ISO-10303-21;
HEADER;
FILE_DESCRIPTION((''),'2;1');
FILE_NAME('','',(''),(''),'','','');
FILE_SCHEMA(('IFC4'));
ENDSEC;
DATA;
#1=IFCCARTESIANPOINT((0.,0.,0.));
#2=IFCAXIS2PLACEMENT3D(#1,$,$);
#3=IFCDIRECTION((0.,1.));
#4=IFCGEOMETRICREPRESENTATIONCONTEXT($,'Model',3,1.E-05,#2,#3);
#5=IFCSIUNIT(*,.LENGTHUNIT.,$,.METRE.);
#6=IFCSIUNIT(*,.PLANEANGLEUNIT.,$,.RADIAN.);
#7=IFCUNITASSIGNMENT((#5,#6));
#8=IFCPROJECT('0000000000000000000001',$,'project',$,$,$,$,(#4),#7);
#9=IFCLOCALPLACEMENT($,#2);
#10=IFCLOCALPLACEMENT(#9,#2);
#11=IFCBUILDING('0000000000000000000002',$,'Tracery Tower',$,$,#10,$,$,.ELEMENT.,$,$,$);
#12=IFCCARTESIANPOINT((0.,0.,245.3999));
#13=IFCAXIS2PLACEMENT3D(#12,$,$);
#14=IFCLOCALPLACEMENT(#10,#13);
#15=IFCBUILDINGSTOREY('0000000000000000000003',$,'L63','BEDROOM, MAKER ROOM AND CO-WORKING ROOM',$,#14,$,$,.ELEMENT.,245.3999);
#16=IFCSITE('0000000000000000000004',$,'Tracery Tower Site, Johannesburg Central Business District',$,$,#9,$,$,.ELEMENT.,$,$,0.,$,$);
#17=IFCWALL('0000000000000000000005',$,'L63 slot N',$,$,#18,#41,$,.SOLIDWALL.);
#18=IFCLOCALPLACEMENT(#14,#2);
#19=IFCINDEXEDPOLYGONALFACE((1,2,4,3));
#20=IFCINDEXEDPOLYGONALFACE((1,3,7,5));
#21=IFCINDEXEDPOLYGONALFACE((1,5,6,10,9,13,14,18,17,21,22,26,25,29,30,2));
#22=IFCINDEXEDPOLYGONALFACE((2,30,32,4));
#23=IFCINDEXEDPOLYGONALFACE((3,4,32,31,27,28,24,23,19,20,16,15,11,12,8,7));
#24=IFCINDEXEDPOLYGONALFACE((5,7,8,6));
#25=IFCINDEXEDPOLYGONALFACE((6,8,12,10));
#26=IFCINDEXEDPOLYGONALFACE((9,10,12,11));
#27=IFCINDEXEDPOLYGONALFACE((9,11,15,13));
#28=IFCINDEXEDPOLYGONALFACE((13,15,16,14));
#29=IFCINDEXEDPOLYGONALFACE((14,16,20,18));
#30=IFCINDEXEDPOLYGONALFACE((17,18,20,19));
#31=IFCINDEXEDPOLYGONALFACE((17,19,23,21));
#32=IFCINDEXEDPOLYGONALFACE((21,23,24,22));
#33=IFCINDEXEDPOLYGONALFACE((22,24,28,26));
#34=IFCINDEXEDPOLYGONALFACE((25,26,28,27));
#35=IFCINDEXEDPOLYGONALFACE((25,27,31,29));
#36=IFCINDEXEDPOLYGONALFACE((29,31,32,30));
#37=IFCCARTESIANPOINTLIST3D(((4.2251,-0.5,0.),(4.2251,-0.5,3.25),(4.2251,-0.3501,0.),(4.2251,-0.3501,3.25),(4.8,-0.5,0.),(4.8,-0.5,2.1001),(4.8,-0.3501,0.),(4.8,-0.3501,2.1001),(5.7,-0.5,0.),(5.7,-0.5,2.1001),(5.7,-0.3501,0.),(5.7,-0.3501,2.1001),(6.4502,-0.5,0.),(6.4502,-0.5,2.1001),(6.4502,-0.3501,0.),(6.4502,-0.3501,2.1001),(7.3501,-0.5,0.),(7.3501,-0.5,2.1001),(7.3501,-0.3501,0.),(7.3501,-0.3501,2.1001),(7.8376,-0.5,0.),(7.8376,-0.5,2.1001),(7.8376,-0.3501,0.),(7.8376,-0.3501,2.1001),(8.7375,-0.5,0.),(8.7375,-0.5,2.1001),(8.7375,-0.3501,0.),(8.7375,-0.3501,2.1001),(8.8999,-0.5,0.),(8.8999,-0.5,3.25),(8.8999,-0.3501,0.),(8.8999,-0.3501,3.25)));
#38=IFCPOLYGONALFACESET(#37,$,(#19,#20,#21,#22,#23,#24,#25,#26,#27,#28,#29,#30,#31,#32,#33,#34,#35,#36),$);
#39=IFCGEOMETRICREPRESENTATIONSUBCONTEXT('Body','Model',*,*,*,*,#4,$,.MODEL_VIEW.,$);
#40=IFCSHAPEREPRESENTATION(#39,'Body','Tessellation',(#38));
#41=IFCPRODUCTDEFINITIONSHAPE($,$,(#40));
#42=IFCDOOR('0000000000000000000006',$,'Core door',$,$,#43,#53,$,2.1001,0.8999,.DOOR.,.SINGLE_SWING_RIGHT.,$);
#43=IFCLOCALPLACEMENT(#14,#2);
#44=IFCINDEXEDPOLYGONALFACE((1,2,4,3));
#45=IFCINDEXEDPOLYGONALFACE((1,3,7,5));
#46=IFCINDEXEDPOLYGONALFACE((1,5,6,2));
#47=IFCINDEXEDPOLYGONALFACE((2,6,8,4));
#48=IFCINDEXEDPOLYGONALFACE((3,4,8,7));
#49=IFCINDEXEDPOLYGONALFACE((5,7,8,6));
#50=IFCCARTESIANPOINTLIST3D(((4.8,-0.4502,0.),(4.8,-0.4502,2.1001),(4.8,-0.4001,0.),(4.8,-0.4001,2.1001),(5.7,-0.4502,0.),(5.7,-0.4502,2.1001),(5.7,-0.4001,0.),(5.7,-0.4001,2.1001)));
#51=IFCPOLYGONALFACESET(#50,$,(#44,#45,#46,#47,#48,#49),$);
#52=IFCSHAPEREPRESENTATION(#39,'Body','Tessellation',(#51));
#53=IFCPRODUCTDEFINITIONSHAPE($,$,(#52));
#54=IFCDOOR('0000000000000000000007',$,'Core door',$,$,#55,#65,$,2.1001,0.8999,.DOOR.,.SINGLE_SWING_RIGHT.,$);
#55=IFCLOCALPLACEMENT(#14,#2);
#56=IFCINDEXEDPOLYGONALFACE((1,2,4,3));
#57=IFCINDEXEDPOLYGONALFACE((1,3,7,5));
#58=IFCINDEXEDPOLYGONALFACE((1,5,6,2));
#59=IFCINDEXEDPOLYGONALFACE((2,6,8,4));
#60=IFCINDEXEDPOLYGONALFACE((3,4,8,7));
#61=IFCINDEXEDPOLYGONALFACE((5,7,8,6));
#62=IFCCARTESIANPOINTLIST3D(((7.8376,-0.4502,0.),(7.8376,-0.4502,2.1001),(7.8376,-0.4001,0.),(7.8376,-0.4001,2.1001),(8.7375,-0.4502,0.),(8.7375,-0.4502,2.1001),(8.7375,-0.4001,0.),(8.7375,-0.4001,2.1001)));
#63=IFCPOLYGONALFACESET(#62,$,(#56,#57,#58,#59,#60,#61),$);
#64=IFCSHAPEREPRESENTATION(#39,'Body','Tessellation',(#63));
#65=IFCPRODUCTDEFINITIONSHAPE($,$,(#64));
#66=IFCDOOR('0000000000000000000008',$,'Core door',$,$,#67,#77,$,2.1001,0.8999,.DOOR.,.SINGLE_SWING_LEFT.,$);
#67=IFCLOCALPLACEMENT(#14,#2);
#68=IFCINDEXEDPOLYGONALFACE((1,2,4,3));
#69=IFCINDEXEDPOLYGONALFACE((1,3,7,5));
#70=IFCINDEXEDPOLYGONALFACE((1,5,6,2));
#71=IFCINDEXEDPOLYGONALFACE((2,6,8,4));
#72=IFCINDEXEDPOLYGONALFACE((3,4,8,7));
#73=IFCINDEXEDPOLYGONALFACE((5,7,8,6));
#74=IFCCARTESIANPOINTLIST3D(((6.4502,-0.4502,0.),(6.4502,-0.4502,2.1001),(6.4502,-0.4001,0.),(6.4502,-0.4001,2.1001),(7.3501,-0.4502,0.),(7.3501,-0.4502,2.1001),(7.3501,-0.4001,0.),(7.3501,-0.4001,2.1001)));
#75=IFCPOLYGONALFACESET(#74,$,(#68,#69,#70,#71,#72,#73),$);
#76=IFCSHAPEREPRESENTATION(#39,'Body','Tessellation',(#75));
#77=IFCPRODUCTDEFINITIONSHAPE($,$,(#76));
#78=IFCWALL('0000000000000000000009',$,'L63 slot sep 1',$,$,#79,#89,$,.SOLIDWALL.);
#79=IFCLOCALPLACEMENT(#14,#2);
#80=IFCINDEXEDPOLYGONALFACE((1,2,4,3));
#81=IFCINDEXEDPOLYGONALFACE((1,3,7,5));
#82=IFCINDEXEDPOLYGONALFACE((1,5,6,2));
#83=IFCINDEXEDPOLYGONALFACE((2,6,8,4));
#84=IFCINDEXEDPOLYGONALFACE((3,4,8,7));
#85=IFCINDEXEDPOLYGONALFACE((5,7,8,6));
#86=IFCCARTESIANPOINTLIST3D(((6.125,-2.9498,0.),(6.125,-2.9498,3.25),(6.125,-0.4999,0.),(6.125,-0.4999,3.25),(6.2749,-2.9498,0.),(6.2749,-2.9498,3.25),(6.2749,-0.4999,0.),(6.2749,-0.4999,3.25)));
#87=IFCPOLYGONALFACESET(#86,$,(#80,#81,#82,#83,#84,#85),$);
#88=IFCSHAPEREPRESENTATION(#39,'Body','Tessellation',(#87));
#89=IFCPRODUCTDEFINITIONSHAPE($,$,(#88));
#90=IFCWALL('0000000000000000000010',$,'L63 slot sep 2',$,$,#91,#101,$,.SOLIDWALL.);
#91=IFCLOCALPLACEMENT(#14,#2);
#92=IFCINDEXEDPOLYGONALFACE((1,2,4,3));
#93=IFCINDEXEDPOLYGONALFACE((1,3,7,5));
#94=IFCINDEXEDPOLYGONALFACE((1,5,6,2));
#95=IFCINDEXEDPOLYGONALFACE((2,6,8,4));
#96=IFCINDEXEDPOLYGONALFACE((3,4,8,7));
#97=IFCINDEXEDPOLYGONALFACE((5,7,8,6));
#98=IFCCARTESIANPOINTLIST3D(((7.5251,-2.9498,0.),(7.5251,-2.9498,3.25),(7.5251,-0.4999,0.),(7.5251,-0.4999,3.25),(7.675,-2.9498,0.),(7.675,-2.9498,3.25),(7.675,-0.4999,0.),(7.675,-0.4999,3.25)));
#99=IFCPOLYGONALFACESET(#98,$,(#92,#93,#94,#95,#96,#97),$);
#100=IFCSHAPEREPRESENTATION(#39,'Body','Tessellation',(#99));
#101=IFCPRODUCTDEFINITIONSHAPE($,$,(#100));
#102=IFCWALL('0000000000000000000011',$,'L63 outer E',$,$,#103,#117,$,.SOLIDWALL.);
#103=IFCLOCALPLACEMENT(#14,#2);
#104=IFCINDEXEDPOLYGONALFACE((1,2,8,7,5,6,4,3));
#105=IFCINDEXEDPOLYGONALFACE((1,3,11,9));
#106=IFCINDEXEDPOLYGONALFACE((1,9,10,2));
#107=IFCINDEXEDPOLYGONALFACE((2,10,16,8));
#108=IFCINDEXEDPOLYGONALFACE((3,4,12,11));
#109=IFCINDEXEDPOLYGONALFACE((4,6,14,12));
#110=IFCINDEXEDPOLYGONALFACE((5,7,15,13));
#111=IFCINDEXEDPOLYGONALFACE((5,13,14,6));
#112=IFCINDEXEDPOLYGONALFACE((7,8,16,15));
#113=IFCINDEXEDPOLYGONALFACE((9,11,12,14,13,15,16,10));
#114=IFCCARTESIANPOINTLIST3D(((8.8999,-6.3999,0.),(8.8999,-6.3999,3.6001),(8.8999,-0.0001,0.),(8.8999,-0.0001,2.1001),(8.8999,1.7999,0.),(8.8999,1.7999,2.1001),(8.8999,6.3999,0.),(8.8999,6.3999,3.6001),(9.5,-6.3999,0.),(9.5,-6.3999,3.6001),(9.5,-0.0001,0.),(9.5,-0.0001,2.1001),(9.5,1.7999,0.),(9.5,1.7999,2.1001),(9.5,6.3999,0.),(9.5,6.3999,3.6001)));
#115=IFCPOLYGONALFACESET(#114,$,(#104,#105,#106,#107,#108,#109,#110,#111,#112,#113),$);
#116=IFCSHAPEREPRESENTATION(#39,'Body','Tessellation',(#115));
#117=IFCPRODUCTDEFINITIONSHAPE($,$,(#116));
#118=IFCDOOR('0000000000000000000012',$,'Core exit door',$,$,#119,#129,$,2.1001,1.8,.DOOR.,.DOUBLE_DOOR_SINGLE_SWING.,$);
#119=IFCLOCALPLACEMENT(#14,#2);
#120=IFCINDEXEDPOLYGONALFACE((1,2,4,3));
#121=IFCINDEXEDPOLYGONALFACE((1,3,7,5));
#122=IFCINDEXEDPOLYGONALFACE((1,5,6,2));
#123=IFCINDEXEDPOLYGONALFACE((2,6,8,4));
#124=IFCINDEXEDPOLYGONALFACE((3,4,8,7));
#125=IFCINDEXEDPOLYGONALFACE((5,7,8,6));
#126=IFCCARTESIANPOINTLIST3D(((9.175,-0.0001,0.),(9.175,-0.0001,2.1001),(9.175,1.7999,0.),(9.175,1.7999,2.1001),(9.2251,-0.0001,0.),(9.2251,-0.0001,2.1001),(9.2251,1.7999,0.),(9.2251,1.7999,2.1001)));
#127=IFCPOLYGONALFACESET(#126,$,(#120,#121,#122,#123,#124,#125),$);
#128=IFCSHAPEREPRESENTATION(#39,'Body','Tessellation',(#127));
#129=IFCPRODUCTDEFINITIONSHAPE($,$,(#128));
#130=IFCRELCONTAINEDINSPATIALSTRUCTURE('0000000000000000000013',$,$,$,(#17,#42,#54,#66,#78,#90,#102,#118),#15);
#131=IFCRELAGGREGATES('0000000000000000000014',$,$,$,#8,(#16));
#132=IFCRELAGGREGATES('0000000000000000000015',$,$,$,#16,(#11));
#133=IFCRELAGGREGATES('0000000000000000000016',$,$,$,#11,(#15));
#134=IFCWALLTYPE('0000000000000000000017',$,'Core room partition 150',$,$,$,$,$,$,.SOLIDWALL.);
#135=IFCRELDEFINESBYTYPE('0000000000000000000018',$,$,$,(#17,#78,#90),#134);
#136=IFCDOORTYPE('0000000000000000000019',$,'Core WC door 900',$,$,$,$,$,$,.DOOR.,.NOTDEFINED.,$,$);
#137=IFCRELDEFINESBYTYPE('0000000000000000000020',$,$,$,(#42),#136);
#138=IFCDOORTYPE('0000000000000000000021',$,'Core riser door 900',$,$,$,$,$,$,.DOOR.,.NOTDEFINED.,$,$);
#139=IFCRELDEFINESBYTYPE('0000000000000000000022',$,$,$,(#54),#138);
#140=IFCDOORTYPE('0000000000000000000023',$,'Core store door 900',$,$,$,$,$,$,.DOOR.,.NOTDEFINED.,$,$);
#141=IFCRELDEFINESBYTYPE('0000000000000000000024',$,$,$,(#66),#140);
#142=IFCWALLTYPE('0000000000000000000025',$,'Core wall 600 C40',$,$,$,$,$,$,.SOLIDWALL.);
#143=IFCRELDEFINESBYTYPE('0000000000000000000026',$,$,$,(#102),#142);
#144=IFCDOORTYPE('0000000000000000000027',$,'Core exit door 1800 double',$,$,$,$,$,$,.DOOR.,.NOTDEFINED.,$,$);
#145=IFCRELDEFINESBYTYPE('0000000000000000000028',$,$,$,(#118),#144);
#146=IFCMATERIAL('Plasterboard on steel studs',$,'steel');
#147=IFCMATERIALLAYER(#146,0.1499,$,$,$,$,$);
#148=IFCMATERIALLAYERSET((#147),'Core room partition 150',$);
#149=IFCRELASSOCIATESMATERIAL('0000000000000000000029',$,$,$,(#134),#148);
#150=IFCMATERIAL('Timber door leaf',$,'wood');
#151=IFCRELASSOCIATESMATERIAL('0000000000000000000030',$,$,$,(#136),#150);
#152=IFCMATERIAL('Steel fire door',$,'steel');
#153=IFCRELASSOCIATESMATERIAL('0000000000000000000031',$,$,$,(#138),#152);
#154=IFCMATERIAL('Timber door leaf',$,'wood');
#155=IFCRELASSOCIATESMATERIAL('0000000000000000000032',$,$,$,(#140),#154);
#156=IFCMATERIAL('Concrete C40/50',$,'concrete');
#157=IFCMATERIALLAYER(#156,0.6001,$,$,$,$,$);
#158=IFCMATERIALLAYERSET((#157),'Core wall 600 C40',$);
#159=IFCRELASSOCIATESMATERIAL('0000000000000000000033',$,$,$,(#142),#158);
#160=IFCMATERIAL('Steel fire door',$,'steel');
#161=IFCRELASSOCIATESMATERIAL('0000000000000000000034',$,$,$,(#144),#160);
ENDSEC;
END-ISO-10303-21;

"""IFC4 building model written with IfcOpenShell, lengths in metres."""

from ifc_helpers import new_model, si_unit, direction, frame, frame_2d, origin, place, context, subcontext, project, spatial, rectangle, extrude, material, layer, layer_set, type_object, element, fill, save


model = new_model("IFC4")

# Units and contexts
model_context = context("Model", 3, precision=1e-05, world=origin(), true_north=direction((0.0, 1.0)))
body_context = subcontext(model_context, "Body", "Model", "MODEL_VIEW")
ifc_project = project(units=[si_unit("LENGTHUNIT", "METRE"), si_unit("PLANEANGLEUNIT", "RADIAN")], contexts=[model_context])

# Site, building, storey
site_placement = place(None, origin())
site = spatial("IfcSite", under=ifc_project, at=site_placement, Name="Tracery Tower Site, Johannesburg Central Business District", CompositionType="ELEMENT", RefElevation=0.0)
building_placement = place(site_placement, origin())
building = spatial("IfcBuilding", under=site, at=building_placement, Name="Tracery Tower", CompositionType="ELEMENT")
storey_placement = place(building_placement, frame((0.0, 0.0, 245.3999)))
storey = spatial("IfcBuildingStorey", under=building, at=storey_placement, Name="L63", Description="BEDROOM, MAKER ROOM AND CO-WORKING ROOM", CompositionType="ELEMENT", Elevation=245.3999)

# Shared definitions
ifc_material_1 = material(Name="Plasterboard on steel studs", Category="steel")
ifc_layer_1 = layer(ifc_material_1, 0.1499)
ifc_layer_set_1 = layer_set([ifc_layer_1], Name="Core room partition 150")
wall_type_1 = type_object("IfcWallType", Name="Core room partition 150", PredefinedType="SOLIDWALL", material=ifc_layer_set_1)

# Wall, openings, doors
wall_1_placement = place(storey_placement, frame((4.2251, -0.425, 0.0), z_axis=(0.0, 0.0, 1.0), x_axis=(1.0, 0.0, 0.0)))
wall_1 = element("IfcWall", 1, at=wall_1_placement, inside=storey, type_object=wall_type_1, Name="L63 slot N", PredefinedType="SOLIDWALL", context=body_context, shape_type="SweptSolid", body=[
    extrude(rectangle(XDim=4.6748, YDim=0.1499, at=frame_2d((2.3374, 0.0))), origin(), (0.0, 0.0, 1.0), 3.25),
])
opening_1_placement = place(wall_1_placement, frame((0.575, 0.0, 0.0)))
opening_1 = element("IfcOpeningElement", 2, at=opening_1_placement, cuts=wall_1, PredefinedType="OPENING", context=body_context, shape_type="SweptSolid", body=[
    extrude(rectangle(XDim=0.8999, YDim=2.1001, at=frame_2d((0.45, 1.05))), frame((0.0, 0.075, 0.0), z_axis=(0.0, -1.0, 0.0), x_axis=(1.0, 0.0, 0.0)), (0.0, 0.0, 1.0), 0.1499),
])
opening_2_placement = place(wall_1_placement, frame((2.2251, 0.0, 0.0)))
opening_2 = element("IfcOpeningElement", 3, at=opening_2_placement, cuts=wall_1, PredefinedType="OPENING", context=body_context, shape_type="SweptSolid", body=[
    extrude(rectangle(XDim=0.8999, YDim=2.1001, at=frame_2d((0.45, 1.05))), frame((0.0, 0.075, 0.0), z_axis=(0.0, -1.0, 0.0), x_axis=(1.0, 0.0, 0.0)), (0.0, 0.0, 1.0), 0.1499),
])
opening_3_placement = place(wall_1_placement, frame((3.6125, 0.0, 0.0)))
opening_3 = element("IfcOpeningElement", 4, at=opening_3_placement, cuts=wall_1, PredefinedType="OPENING", context=body_context, shape_type="SweptSolid", body=[
    extrude(rectangle(XDim=0.8999, YDim=2.1001, at=frame_2d((0.45, 1.05))), frame((0.0, 0.075, 0.0), z_axis=(0.0, -1.0, 0.0), x_axis=(1.0, 0.0, 0.0)), (0.0, 0.0, 1.0), 0.1499),
])
ifc_material_2 = material(Name="Timber door leaf", Category="wood")
door_type_1 = type_object("IfcDoorType", Name="Core WC door 900", OperationType="NOTDEFINED", PredefinedType="DOOR", material=ifc_material_2)
door_1_placement = place(opening_1_placement, origin())
door_1 = element("IfcDoor", 5, at=door_1_placement, inside=storey, type_object=door_type_1, Name="Core door", OperationType="SINGLE_SWING_RIGHT", OverallHeight=2.1001, OverallWidth=0.8999, PredefinedType="DOOR", context=body_context, shape_type="SweptSolid", body=[
    extrude(rectangle(XDim=0.8999, YDim=2.1001, at=frame_2d((0.45, 1.05))), frame((0.0, 0.0249, 0.0), z_axis=(0.0, -1.0, 0.0), x_axis=(1.0, 0.0, 0.0)), (0.0, 0.0, 1.0), 0.05),
])
fill(opening_1, door_1)
ifc_material_3 = material(Name="Steel fire door", Category="steel")
door_type_2 = type_object("IfcDoorType", Name="Core riser door 900", OperationType="NOTDEFINED", PredefinedType="DOOR", material=ifc_material_3)
door_2_placement = place(opening_3_placement, origin())
door_2 = element("IfcDoor", 6, at=door_2_placement, inside=storey, type_object=door_type_2, Name="Core door", OperationType="SINGLE_SWING_RIGHT", OverallHeight=2.1001, OverallWidth=0.8999, PredefinedType="DOOR", context=body_context, shape_type="SweptSolid", body=[
    extrude(rectangle(XDim=0.8999, YDim=2.1001, at=frame_2d((0.45, 1.05))), frame((0.0, 0.0249, 0.0), z_axis=(0.0, -1.0, 0.0), x_axis=(1.0, 0.0, 0.0)), (0.0, 0.0, 1.0), 0.05),
])
fill(opening_3, door_2)
ifc_material_4 = material(Name="Timber door leaf", Category="wood")
door_type_3 = type_object("IfcDoorType", Name="Core store door 900", OperationType="NOTDEFINED", PredefinedType="DOOR", material=ifc_material_4)
door_3_placement = place(opening_2_placement, origin())
door_3 = element("IfcDoor", 7, at=door_3_placement, inside=storey, type_object=door_type_3, Name="Core door", OperationType="SINGLE_SWING_LEFT", OverallHeight=2.1001, OverallWidth=0.8999, PredefinedType="DOOR", context=body_context, shape_type="SweptSolid", body=[
    extrude(rectangle(XDim=0.8999, YDim=2.1001, at=frame_2d((0.45, 1.05))), frame((0.0, 0.0249, 0.0), z_axis=(0.0, -1.0, 0.0), x_axis=(1.0, 0.0, 0.0)), (0.0, 0.0, 1.0), 0.05),
])
fill(opening_2, door_3)

# Walls
for number, where, z_axis, x_axis, name in (
    (8, (6.2, -2.95, 0.0), (0.0, 0.0, 1.0), (0.0, 1.0, 0.0), "L63 slot sep 1"),
    (9, (7.6001, -2.95, 0.0), (0.0, 0.0, 1.0), (0.0, 1.0, 0.0), "L63 slot sep 2"),
):
    element("IfcWall", number, at=place(storey_placement, frame(where, z_axis=z_axis, x_axis=x_axis)), inside=storey, type_object=wall_type_1, Name=name, PredefinedType="SOLIDWALL", context=body_context, shape_type="SweptSolid", body=[
        extrude(rectangle(XDim=2.45, YDim=0.1499, at=frame_2d((1.2251, 0.0))), origin(), (0.0, 0.0, 1.0), 3.25),
    ])

# Wall, opening, door
ifc_material_5 = material(Name="Concrete C40/50", Category="concrete")
ifc_layer_2 = layer(ifc_material_5, 0.6001)
ifc_layer_set_2 = layer_set([ifc_layer_2], Name="Core wall 600 C40")
wall_type_2 = type_object("IfcWallType", Name="Core wall 600 C40", PredefinedType="SOLIDWALL", material=ifc_layer_set_2)
wall_2_placement = place(storey_placement, frame((9.2, -6.3999, 0.0), z_axis=(0.0, 0.0, 1.0), x_axis=(0.0, 1.0, 0.0)))
wall_2 = element("IfcWall", 10, at=wall_2_placement, inside=storey, type_object=wall_type_2, Name="L63 outer E", PredefinedType="SOLIDWALL", context=body_context, shape_type="SweptSolid", body=[
    extrude(rectangle(XDim=12.7998, YDim=0.6001, at=frame_2d((6.3999, 0.0))), origin(), (0.0, 0.0, 1.0), 3.6001),
])
opening_4_placement = place(wall_2_placement, frame((6.3999, 0.0, 0.0)))
opening_4 = element("IfcOpeningElement", 11, at=opening_4_placement, cuts=wall_2, PredefinedType="OPENING", context=body_context, shape_type="SweptSolid", body=[
    extrude(rectangle(XDim=1.8, YDim=2.1001, at=frame_2d((0.8999, 1.05))), frame((0.0, 0.3, 0.0), z_axis=(0.0, -1.0, 0.0), x_axis=(1.0, 0.0, 0.0)), (0.0, 0.0, 1.0), 0.6001),
])
ifc_material_6 = material(Name="Steel fire door", Category="steel")
door_type_4 = type_object("IfcDoorType", Name="Core exit door 1800 double", OperationType="NOTDEFINED", PredefinedType="DOOR", material=ifc_material_6)
door_4_placement = place(opening_4_placement, origin())
door_4 = element("IfcDoor", 12, at=door_4_placement, inside=storey, type_object=door_type_4, Name="Core exit door", OperationType="DOUBLE_DOOR_SINGLE_SWING", OverallHeight=2.1001, OverallWidth=1.8, PredefinedType="DOOR", context=body_context, shape_type="SweptSolid", body=[
    extrude(rectangle(XDim=1.8, YDim=2.1001, at=frame_2d((0.8999, 1.05))), frame((0.0, 0.0249, 0.0), z_axis=(0.0, -1.0, 0.0), x_axis=(1.0, 0.0, 0.0)), (0.0, 0.0, 1.0), 0.05),
])
fill(opening_4, door_4)

save(model, "model.ifc")
